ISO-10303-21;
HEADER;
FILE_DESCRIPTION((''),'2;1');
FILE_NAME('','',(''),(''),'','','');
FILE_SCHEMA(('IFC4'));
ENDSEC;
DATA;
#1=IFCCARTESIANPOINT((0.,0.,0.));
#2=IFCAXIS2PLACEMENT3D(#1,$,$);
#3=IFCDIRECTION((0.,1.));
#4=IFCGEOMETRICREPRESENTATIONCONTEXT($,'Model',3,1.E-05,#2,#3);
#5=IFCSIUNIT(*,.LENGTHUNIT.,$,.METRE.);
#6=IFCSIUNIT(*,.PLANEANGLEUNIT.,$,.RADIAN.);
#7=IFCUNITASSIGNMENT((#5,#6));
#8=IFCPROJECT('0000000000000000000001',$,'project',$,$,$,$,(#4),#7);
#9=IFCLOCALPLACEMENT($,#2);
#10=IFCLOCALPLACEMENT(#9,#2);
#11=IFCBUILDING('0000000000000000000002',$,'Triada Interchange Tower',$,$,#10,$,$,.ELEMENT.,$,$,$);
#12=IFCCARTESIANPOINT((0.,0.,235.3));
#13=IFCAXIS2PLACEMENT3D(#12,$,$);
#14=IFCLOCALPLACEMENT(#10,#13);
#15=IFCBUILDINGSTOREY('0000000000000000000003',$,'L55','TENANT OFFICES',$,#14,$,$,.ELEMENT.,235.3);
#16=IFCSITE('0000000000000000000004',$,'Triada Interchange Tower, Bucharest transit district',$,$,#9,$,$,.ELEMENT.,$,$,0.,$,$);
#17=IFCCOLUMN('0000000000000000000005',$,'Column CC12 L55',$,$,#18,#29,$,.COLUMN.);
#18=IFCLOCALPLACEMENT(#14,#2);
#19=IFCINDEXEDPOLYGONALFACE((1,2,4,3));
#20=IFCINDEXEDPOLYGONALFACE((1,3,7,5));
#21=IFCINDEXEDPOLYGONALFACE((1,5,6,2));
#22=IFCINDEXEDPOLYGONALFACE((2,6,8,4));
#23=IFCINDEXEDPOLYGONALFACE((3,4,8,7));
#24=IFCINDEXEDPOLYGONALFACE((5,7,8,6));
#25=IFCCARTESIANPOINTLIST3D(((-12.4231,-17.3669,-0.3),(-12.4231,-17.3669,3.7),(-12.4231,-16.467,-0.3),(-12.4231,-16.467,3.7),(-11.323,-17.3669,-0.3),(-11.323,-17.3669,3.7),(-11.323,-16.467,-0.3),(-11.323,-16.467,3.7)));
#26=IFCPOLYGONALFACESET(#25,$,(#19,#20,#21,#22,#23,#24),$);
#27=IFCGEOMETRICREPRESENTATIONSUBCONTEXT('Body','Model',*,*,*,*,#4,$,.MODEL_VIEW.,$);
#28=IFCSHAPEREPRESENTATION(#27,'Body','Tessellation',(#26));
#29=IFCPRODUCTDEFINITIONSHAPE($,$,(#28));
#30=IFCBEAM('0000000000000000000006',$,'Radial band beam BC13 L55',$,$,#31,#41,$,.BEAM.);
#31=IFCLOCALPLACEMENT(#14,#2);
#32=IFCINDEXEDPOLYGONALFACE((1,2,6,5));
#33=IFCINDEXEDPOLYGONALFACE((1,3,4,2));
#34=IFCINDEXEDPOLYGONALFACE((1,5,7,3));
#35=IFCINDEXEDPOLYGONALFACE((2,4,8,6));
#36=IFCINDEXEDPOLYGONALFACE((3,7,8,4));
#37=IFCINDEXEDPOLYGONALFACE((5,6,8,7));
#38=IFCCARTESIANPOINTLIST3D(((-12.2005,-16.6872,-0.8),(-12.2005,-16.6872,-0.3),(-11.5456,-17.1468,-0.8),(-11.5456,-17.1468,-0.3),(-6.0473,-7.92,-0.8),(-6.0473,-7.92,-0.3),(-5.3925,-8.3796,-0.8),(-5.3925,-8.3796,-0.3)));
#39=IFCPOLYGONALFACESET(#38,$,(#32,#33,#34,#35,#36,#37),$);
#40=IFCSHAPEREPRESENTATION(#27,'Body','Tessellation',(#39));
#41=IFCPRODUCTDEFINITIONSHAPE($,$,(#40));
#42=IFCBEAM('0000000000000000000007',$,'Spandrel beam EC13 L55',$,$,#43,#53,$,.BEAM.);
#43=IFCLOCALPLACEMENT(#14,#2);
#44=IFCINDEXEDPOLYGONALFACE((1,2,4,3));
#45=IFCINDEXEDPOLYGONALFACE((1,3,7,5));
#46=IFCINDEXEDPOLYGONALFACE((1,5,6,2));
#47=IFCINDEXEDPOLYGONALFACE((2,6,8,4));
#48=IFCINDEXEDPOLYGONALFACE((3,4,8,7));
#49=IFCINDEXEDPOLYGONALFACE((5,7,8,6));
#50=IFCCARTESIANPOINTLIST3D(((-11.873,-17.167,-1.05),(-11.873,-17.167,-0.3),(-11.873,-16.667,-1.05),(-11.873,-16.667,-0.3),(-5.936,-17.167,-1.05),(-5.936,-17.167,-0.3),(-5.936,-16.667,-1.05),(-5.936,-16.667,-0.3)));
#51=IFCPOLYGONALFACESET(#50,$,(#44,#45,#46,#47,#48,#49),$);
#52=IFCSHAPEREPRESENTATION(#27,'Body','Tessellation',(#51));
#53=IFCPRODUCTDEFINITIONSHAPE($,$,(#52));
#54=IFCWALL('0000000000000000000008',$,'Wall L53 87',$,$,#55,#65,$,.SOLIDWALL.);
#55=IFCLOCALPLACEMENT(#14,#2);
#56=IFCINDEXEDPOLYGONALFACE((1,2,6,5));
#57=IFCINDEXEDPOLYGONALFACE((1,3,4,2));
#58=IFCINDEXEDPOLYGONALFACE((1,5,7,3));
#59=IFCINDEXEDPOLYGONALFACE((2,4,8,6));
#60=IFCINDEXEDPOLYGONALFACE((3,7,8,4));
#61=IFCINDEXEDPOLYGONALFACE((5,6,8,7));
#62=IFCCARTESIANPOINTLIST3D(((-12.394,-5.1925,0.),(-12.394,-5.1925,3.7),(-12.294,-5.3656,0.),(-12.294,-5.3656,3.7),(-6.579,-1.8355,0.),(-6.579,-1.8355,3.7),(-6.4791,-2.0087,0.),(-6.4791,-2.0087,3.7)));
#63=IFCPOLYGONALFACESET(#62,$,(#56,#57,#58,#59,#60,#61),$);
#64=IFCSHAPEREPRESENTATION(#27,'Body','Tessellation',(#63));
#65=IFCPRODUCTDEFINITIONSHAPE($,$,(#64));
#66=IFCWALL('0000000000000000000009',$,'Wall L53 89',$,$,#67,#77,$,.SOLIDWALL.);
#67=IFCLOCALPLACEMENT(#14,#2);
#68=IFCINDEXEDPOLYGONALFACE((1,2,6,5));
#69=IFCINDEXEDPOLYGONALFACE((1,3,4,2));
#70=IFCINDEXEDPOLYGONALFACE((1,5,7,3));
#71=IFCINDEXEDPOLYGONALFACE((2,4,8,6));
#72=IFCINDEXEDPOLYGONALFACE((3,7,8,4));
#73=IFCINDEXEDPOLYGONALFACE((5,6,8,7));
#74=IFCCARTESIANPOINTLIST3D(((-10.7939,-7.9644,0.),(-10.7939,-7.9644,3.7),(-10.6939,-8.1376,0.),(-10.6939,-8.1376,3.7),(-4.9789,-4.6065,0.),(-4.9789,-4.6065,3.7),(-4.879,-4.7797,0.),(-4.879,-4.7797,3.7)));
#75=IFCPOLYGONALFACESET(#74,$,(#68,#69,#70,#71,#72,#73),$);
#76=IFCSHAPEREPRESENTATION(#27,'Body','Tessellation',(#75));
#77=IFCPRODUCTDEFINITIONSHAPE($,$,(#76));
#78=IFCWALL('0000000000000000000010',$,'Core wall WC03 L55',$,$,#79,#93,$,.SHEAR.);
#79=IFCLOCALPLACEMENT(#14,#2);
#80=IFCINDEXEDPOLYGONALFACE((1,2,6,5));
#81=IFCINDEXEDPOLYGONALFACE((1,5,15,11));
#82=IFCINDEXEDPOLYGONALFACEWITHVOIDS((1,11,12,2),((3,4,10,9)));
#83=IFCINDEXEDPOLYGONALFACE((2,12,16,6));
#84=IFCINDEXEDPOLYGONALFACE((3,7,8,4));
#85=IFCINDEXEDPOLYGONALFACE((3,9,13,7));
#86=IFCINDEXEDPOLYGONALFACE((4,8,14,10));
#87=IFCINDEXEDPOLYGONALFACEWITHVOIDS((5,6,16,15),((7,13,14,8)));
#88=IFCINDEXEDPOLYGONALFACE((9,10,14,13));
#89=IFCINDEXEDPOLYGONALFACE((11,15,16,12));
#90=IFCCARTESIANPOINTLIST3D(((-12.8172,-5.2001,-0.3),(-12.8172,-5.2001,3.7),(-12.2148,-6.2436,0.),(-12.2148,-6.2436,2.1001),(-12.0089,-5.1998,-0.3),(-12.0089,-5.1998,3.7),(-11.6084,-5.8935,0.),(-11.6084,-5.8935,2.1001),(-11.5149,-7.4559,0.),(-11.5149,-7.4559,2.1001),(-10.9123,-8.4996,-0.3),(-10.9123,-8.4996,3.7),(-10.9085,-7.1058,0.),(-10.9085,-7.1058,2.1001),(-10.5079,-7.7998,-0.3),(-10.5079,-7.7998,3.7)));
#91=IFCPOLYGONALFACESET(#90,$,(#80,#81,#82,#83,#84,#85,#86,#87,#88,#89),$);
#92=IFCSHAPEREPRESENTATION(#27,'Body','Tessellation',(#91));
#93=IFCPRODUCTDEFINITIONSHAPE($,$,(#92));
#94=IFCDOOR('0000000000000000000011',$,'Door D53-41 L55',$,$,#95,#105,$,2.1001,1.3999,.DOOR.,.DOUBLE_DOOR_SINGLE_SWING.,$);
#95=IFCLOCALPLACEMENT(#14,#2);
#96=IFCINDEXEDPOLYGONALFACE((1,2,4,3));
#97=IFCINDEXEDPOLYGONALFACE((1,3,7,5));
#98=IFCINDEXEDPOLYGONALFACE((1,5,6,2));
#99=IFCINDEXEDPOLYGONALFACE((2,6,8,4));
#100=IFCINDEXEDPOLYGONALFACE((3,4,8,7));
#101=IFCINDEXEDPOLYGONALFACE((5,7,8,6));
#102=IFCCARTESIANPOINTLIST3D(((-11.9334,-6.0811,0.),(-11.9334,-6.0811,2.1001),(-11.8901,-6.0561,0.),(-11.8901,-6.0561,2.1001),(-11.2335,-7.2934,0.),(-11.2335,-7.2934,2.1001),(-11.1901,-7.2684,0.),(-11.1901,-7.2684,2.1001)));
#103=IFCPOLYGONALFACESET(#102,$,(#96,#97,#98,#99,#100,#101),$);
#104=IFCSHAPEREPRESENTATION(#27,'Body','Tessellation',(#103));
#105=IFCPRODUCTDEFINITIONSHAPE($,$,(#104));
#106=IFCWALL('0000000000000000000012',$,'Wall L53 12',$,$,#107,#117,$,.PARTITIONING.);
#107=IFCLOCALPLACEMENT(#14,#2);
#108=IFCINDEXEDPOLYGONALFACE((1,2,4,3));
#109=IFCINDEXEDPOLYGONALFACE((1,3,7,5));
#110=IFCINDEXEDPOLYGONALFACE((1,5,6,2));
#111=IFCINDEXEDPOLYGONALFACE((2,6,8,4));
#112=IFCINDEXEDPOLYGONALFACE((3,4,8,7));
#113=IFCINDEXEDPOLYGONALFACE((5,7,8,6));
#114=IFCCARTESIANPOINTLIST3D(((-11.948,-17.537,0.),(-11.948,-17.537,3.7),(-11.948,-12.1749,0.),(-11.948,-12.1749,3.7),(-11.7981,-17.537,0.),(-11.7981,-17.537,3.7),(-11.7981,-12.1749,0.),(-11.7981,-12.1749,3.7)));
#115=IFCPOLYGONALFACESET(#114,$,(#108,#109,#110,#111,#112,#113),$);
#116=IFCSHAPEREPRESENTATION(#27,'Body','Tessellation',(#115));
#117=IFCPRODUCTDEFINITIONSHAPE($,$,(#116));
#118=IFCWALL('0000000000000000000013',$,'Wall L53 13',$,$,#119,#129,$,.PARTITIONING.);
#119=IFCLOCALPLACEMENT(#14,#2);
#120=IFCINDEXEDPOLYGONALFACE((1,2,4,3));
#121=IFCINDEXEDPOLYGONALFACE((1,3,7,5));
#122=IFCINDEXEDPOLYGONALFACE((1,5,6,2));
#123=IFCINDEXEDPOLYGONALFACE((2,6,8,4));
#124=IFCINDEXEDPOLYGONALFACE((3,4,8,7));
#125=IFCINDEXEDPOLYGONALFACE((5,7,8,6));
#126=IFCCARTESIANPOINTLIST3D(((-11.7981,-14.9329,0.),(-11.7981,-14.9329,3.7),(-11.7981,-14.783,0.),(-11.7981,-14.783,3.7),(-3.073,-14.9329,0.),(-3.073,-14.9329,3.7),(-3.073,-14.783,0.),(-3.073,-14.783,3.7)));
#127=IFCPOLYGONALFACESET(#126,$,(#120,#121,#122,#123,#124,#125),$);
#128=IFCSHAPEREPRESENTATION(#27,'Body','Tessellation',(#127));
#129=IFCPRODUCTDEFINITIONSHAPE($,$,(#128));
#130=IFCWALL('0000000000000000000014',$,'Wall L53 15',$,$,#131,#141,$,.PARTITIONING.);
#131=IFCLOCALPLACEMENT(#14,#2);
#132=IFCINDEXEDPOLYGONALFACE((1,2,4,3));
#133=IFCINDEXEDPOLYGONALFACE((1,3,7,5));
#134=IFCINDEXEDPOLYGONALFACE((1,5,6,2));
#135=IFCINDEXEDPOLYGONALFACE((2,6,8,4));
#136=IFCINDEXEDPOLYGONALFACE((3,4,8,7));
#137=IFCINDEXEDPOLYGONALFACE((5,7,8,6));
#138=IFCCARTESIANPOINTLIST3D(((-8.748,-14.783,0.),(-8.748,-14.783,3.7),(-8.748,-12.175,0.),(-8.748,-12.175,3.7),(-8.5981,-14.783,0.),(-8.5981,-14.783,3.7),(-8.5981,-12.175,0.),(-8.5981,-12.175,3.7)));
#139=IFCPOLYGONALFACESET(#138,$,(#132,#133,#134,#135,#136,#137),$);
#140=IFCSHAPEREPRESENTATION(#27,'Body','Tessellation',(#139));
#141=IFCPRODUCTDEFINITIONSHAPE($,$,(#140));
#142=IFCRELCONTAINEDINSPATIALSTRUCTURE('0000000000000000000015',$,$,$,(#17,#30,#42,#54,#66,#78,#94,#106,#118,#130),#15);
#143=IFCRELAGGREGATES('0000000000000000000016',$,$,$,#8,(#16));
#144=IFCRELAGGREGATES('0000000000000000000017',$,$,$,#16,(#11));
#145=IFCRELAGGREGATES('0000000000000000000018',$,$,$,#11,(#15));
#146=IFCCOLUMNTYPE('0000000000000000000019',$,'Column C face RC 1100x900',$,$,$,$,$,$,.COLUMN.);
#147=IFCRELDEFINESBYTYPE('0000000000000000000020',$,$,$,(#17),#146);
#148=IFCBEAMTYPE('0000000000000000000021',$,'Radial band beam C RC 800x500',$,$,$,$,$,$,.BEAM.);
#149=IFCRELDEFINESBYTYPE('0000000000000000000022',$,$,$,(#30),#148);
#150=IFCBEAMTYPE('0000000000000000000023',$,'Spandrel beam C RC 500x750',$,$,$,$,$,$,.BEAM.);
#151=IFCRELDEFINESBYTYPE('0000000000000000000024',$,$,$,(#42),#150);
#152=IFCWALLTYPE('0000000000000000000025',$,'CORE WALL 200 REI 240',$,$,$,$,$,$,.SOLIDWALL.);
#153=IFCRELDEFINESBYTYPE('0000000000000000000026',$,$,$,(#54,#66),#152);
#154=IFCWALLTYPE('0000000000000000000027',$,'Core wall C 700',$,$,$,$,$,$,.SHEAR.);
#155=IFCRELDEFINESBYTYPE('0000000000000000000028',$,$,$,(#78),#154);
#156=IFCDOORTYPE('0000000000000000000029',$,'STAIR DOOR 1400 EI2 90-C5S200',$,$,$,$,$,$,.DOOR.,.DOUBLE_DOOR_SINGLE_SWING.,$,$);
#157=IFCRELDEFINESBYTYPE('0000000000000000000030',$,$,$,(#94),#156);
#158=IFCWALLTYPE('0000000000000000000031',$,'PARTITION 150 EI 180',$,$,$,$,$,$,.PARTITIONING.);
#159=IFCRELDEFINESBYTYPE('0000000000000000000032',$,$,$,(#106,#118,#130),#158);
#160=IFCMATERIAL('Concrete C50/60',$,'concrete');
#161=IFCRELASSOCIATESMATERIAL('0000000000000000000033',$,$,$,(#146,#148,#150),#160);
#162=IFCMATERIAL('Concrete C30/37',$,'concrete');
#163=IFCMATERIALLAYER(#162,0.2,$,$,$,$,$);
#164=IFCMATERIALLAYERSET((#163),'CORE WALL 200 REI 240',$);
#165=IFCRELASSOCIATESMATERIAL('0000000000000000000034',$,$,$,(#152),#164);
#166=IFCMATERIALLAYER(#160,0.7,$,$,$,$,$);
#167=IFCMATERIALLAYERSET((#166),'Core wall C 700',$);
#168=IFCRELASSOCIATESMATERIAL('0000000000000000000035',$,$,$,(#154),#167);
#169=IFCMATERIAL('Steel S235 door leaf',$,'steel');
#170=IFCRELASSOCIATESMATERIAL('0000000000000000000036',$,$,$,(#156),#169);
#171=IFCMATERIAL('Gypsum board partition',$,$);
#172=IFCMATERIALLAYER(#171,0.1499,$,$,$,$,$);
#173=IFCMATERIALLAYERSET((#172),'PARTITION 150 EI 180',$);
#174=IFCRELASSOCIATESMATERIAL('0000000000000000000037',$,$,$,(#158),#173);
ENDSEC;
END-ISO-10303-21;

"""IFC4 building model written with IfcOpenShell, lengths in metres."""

from ifc_helpers import new_model, si_unit, direction, frame, frame_2d, origin, origin_2d, place, context, subcontext, project, spatial, polyline, rectangle, outline, extrude, material, layer, layer_set, material_profile, profile_set, type_object, element, fill, save


model = new_model("IFC4")

# Units and contexts
model_context = context("Model", 3, precision=1e-05, world=origin(), true_north=direction((0.0, 1.0)))
body_context = subcontext(model_context, "Body", "Model", "MODEL_VIEW")
ifc_project = project(units=[si_unit("LENGTHUNIT", "METRE"), si_unit("PLANEANGLEUNIT", "RADIAN")], contexts=[model_context])

# Site, building, storey
site_placement = place(None, origin())
site = spatial("IfcSite", under=ifc_project, at=site_placement, Name="Triada Interchange Tower, Bucharest transit district", CompositionType="ELEMENT", RefElevation=0.0)
building_placement = place(site_placement, origin())
building = spatial("IfcBuilding", under=site, at=building_placement, Name="Triada Interchange Tower", CompositionType="ELEMENT")
storey_placement = place(building_placement, frame((0.0, 0.0, 235.3)))
storey = spatial("IfcBuildingStorey", under=building, at=storey_placement, Name="L55", Description="TENANT OFFICES", CompositionType="ELEMENT", Elevation=235.3)

# Column
ifc_material_1 = material(Name="Concrete C50/60", Category="concrete")
ifc_material_profile_1 = material_profile(ifc_material_1, rectangle(XDim=1.1001, YDim=0.8999, at=origin_2d()), Name="RC 1100x900")
ifc_profile_set_1 = profile_set([ifc_material_profile_1], Name="Concrete C50/60")
column_type = type_object("IfcColumnType", Name="Column C face RC 1100x900", PredefinedType="COLUMN", material=ifc_profile_set_1)
column_placement = place(storey_placement, frame((-11.873, -16.917, -0.3), z_axis=(0.0, 0.0, 1.0), x_axis=(1.0, 0.0, 0.0)))
element("IfcColumn", 1, at=column_placement, inside=storey, type_object=column_type, Name="Column CC12 L55", PredefinedType="COLUMN", context=body_context, shape_type="SweptSolid", body=[
    extrude(rectangle(XDim=1.1001, YDim=0.8999, at=origin_2d()), origin(), (0.0, 0.0, 1.0), 4.0),
])

# Beams
ifc_material_profile_2 = material_profile(ifc_material_1, rectangle(XDim=0.8, YDim=0.5, at=origin_2d()), Name="RC 800x500")
ifc_profile_set_2 = profile_set([ifc_material_profile_2], Name="Concrete C50/60")
beam_type_1 = type_object("IfcBeamType", Name="Radial band beam C RC 800x500", PredefinedType="BEAM", material=ifc_profile_set_2)
beam_1_placement = place(storey_placement, frame((-11.873, -16.917, -0.55), z_axis=(0.574472, 0.818525, 0.0), x_axis=(-0.818525, 0.574472, 0.0)))
element("IfcBeam", 2, at=beam_1_placement, inside=storey, type_object=beam_type_1, Name="Radial band beam BC13 L55", PredefinedType="BEAM", context=body_context, shape_type="SweptSolid", body=[
    extrude(rectangle(XDim=0.8, YDim=0.5, at=origin_2d()), origin(), (0.0, 0.0, 1.0), 10.7109),
])
ifc_material_profile_3 = material_profile(ifc_material_1, rectangle(XDim=0.5, YDim=0.75, at=origin_2d()), Name="RC 500x750")
ifc_profile_set_3 = profile_set([ifc_material_profile_3], Name="Concrete C50/60")
beam_type_2 = type_object("IfcBeamType", Name="Spandrel beam C RC 500x750", PredefinedType="BEAM", material=ifc_profile_set_3)
beam_2_placement = place(storey_placement, frame((-11.873, -16.917, -0.675), z_axis=(1.0, 0.0, 0.0), x_axis=(0.0, 1.0, 0.0)))
element("IfcBeam", 3, at=beam_2_placement, inside=storey, type_object=beam_type_2, Name="Spandrel beam EC13 L55", PredefinedType="BEAM", context=body_context, shape_type="SweptSolid", body=[
    extrude(rectangle(XDim=0.5, YDim=0.75, at=origin_2d()), origin(), (0.0, 0.0, 1.0), 5.937),
])

# Walls
ifc_material_2 = material(Name="Concrete C30/37", Category="concrete")
ifc_layer_1 = layer(ifc_material_2, 0.2)
ifc_layer_set_1 = layer_set([ifc_layer_1], Name="CORE WALL 200 REI 240")
wall_type_1 = type_object("IfcWallType", Name="CORE WALL 200 REI 240", PredefinedType="SOLIDWALL", material=ifc_layer_set_1)
wall_1_placement = place(storey_placement, frame((-12.344, -5.2791, 0.0), z_axis=(0.0, 0.0, 1.0), x_axis=(0.866046, 0.499964, 0.0)))
element("IfcWall", 4, at=wall_1_placement, inside=storey, type_object=wall_type_1, Name="Wall L53 87", PredefinedType="SOLIDWALL", context=body_context, shape_type="SweptSolid", body=[
    extrude(rectangle(XDim=6.7144, YDim=0.2, at=frame_2d((3.3572, 0.0))), origin(), (0.0, 0.0, 1.0), 3.7),
])
wall_2_placement = place(storey_placement, frame((-10.7439, -8.051, 0.0), z_axis=(0.0, 0.0, 1.0), x_axis=(0.865983, 0.500073, 0.0)))
element("IfcWall", 5, at=wall_2_placement, inside=storey, type_object=wall_type_1, Name="Wall L53 89", PredefinedType="SOLIDWALL", context=body_context, shape_type="SweptSolid", body=[
    extrude(rectangle(XDim=6.7148, YDim=0.2, at=frame_2d((3.3574, 0.0))), origin(), (0.0, 0.0, 1.0), 3.7),
])

# Wall, opening, door
ifc_layer_2 = layer(ifc_material_1, 0.7)
ifc_layer_set_2 = layer_set([ifc_layer_2], Name="Core wall C 700")
wall_type_2 = type_object("IfcWallType", Name="Core wall C 700", PredefinedType="SHEAR", material=ifc_layer_set_2)
wall_3_placement = place(storey_placement, frame((-12.4131, -5.2, -0.3), z_axis=(0.0, 0.0, 1.0), x_axis=(0.499993, -0.866029, 0.0)))
wall_3 = element("IfcWall", 6, at=wall_3_placement, inside=storey, type_object=wall_type_2, Name="Core wall WC03 L55", PredefinedType="SHEAR", context=body_context, shape_type="SweptSolid", body=[
    extrude(outline(polyline([(-0.2019, -0.3501), (1.7031, -0.3501), (3.6079, -0.3501), (3.2041, 0.3501), (1.7031, 0.3501), (0.2019, 0.3501), (-0.2019, -0.3501)])), origin(), (0.0, 0.0, 1.0), 4.0),
])
opening_1_placement = place(wall_3_placement, frame((1.0029, 0.0, 0.3)))
opening_1 = element("IfcOpeningElement", 7, at=opening_1_placement, cuts=wall_3, PredefinedType="OPENING", context=body_context, shape_type="SweptSolid", body=[
    extrude(rectangle(XDim=1.3999, YDim=2.1001, at=frame_2d((0.7, 1.05))), frame((0.0, 0.3601, 0.0), z_axis=(0.0, -1.0, 0.0), x_axis=(1.0, 0.0, 0.0)), (0.0, 0.0, 1.0), 0.7202),
])
ifc_material_3 = material(Name="Steel S235 door leaf", Category="steel")
door_type_1 = type_object("IfcDoorType", Name="STAIR DOOR 1400 EI2 90-C5S200", OperationType="DOUBLE_DOOR_SINGLE_SWING", PredefinedType="DOOR", material=ifc_material_3)
door_1_placement = place(opening_1_placement, origin())
door_1 = element("IfcDoor", 8, at=door_1_placement, inside=storey, type_object=door_type_1, Name="Door D53-41 L55", OperationType="DOUBLE_DOOR_SINGLE_SWING", OverallHeight=2.1001, OverallWidth=1.3999, PredefinedType="DOOR", context=body_context, shape_type="SweptSolid", body=[
    extrude(rectangle(XDim=1.3999, YDim=2.1001, at=frame_2d((0.7, 1.05))), frame((0.0, 0.0249, 0.0), z_axis=(0.0, -1.0, 0.0), x_axis=(1.0, 0.0, 0.0)), (0.0, 0.0, 1.0), 0.05),
])
fill(opening_1, door_1)

# Walls
ifc_material_4 = material(Name="Gypsum board partition")
ifc_layer_3 = layer(ifc_material_4, 0.1499)
ifc_layer_set_3 = layer_set([ifc_layer_3], Name="PARTITION 150 EI 180")
wall_type_3 = type_object("IfcWallType", Name="PARTITION 150 EI 180", PredefinedType="PARTITIONING", material=ifc_layer_set_3)
wall_4_placement = place(storey_placement, frame((-11.873, -17.5371, 0.0), z_axis=(0.0, 0.0, 1.0), x_axis=(0.0, 1.0, 0.0)))
element("IfcWall", 9, at=wall_4_placement, inside=storey, type_object=wall_type_3, Name="Wall L53 12", PredefinedType="PARTITIONING", context=body_context, shape_type="SweptSolid", body=[
    extrude(rectangle(XDim=5.3621, YDim=0.1499, at=frame_2d((2.6812, 0.0))), origin(), (0.0, 0.0, 1.0), 3.7),
])
wall_5_placement = place(storey_placement, frame((-11.7981, -14.8579, 0.0), z_axis=(0.0, 0.0, 1.0), x_axis=(1.0, 0.0, 0.0)))
element("IfcWall", 10, at=wall_5_placement, inside=storey, type_object=wall_type_3, Name="Wall L53 13", PredefinedType="PARTITIONING", context=body_context, shape_type="SweptSolid", body=[
    extrude(rectangle(XDim=8.7251, YDim=0.1499, at=frame_2d((4.3625, 0.0))), origin(), (0.0, 0.0, 1.0), 3.7),
])
wall_6_placement = place(storey_placement, frame((-8.6731, -14.783, 0.0), z_axis=(0.0, 0.0, 1.0), x_axis=(0.0, 1.0, 0.0)))
element("IfcWall", 11, at=wall_6_placement, inside=storey, type_object=wall_type_3, Name="Wall L53 15", PredefinedType="PARTITIONING", context=body_context, shape_type="SweptSolid", body=[
    extrude(rectangle(XDim=2.6079, YDim=0.1499, at=frame_2d((1.304, 0.0))), origin(), (0.0, 0.0, 1.0), 3.7),
])

save(model, "model.ifc")
